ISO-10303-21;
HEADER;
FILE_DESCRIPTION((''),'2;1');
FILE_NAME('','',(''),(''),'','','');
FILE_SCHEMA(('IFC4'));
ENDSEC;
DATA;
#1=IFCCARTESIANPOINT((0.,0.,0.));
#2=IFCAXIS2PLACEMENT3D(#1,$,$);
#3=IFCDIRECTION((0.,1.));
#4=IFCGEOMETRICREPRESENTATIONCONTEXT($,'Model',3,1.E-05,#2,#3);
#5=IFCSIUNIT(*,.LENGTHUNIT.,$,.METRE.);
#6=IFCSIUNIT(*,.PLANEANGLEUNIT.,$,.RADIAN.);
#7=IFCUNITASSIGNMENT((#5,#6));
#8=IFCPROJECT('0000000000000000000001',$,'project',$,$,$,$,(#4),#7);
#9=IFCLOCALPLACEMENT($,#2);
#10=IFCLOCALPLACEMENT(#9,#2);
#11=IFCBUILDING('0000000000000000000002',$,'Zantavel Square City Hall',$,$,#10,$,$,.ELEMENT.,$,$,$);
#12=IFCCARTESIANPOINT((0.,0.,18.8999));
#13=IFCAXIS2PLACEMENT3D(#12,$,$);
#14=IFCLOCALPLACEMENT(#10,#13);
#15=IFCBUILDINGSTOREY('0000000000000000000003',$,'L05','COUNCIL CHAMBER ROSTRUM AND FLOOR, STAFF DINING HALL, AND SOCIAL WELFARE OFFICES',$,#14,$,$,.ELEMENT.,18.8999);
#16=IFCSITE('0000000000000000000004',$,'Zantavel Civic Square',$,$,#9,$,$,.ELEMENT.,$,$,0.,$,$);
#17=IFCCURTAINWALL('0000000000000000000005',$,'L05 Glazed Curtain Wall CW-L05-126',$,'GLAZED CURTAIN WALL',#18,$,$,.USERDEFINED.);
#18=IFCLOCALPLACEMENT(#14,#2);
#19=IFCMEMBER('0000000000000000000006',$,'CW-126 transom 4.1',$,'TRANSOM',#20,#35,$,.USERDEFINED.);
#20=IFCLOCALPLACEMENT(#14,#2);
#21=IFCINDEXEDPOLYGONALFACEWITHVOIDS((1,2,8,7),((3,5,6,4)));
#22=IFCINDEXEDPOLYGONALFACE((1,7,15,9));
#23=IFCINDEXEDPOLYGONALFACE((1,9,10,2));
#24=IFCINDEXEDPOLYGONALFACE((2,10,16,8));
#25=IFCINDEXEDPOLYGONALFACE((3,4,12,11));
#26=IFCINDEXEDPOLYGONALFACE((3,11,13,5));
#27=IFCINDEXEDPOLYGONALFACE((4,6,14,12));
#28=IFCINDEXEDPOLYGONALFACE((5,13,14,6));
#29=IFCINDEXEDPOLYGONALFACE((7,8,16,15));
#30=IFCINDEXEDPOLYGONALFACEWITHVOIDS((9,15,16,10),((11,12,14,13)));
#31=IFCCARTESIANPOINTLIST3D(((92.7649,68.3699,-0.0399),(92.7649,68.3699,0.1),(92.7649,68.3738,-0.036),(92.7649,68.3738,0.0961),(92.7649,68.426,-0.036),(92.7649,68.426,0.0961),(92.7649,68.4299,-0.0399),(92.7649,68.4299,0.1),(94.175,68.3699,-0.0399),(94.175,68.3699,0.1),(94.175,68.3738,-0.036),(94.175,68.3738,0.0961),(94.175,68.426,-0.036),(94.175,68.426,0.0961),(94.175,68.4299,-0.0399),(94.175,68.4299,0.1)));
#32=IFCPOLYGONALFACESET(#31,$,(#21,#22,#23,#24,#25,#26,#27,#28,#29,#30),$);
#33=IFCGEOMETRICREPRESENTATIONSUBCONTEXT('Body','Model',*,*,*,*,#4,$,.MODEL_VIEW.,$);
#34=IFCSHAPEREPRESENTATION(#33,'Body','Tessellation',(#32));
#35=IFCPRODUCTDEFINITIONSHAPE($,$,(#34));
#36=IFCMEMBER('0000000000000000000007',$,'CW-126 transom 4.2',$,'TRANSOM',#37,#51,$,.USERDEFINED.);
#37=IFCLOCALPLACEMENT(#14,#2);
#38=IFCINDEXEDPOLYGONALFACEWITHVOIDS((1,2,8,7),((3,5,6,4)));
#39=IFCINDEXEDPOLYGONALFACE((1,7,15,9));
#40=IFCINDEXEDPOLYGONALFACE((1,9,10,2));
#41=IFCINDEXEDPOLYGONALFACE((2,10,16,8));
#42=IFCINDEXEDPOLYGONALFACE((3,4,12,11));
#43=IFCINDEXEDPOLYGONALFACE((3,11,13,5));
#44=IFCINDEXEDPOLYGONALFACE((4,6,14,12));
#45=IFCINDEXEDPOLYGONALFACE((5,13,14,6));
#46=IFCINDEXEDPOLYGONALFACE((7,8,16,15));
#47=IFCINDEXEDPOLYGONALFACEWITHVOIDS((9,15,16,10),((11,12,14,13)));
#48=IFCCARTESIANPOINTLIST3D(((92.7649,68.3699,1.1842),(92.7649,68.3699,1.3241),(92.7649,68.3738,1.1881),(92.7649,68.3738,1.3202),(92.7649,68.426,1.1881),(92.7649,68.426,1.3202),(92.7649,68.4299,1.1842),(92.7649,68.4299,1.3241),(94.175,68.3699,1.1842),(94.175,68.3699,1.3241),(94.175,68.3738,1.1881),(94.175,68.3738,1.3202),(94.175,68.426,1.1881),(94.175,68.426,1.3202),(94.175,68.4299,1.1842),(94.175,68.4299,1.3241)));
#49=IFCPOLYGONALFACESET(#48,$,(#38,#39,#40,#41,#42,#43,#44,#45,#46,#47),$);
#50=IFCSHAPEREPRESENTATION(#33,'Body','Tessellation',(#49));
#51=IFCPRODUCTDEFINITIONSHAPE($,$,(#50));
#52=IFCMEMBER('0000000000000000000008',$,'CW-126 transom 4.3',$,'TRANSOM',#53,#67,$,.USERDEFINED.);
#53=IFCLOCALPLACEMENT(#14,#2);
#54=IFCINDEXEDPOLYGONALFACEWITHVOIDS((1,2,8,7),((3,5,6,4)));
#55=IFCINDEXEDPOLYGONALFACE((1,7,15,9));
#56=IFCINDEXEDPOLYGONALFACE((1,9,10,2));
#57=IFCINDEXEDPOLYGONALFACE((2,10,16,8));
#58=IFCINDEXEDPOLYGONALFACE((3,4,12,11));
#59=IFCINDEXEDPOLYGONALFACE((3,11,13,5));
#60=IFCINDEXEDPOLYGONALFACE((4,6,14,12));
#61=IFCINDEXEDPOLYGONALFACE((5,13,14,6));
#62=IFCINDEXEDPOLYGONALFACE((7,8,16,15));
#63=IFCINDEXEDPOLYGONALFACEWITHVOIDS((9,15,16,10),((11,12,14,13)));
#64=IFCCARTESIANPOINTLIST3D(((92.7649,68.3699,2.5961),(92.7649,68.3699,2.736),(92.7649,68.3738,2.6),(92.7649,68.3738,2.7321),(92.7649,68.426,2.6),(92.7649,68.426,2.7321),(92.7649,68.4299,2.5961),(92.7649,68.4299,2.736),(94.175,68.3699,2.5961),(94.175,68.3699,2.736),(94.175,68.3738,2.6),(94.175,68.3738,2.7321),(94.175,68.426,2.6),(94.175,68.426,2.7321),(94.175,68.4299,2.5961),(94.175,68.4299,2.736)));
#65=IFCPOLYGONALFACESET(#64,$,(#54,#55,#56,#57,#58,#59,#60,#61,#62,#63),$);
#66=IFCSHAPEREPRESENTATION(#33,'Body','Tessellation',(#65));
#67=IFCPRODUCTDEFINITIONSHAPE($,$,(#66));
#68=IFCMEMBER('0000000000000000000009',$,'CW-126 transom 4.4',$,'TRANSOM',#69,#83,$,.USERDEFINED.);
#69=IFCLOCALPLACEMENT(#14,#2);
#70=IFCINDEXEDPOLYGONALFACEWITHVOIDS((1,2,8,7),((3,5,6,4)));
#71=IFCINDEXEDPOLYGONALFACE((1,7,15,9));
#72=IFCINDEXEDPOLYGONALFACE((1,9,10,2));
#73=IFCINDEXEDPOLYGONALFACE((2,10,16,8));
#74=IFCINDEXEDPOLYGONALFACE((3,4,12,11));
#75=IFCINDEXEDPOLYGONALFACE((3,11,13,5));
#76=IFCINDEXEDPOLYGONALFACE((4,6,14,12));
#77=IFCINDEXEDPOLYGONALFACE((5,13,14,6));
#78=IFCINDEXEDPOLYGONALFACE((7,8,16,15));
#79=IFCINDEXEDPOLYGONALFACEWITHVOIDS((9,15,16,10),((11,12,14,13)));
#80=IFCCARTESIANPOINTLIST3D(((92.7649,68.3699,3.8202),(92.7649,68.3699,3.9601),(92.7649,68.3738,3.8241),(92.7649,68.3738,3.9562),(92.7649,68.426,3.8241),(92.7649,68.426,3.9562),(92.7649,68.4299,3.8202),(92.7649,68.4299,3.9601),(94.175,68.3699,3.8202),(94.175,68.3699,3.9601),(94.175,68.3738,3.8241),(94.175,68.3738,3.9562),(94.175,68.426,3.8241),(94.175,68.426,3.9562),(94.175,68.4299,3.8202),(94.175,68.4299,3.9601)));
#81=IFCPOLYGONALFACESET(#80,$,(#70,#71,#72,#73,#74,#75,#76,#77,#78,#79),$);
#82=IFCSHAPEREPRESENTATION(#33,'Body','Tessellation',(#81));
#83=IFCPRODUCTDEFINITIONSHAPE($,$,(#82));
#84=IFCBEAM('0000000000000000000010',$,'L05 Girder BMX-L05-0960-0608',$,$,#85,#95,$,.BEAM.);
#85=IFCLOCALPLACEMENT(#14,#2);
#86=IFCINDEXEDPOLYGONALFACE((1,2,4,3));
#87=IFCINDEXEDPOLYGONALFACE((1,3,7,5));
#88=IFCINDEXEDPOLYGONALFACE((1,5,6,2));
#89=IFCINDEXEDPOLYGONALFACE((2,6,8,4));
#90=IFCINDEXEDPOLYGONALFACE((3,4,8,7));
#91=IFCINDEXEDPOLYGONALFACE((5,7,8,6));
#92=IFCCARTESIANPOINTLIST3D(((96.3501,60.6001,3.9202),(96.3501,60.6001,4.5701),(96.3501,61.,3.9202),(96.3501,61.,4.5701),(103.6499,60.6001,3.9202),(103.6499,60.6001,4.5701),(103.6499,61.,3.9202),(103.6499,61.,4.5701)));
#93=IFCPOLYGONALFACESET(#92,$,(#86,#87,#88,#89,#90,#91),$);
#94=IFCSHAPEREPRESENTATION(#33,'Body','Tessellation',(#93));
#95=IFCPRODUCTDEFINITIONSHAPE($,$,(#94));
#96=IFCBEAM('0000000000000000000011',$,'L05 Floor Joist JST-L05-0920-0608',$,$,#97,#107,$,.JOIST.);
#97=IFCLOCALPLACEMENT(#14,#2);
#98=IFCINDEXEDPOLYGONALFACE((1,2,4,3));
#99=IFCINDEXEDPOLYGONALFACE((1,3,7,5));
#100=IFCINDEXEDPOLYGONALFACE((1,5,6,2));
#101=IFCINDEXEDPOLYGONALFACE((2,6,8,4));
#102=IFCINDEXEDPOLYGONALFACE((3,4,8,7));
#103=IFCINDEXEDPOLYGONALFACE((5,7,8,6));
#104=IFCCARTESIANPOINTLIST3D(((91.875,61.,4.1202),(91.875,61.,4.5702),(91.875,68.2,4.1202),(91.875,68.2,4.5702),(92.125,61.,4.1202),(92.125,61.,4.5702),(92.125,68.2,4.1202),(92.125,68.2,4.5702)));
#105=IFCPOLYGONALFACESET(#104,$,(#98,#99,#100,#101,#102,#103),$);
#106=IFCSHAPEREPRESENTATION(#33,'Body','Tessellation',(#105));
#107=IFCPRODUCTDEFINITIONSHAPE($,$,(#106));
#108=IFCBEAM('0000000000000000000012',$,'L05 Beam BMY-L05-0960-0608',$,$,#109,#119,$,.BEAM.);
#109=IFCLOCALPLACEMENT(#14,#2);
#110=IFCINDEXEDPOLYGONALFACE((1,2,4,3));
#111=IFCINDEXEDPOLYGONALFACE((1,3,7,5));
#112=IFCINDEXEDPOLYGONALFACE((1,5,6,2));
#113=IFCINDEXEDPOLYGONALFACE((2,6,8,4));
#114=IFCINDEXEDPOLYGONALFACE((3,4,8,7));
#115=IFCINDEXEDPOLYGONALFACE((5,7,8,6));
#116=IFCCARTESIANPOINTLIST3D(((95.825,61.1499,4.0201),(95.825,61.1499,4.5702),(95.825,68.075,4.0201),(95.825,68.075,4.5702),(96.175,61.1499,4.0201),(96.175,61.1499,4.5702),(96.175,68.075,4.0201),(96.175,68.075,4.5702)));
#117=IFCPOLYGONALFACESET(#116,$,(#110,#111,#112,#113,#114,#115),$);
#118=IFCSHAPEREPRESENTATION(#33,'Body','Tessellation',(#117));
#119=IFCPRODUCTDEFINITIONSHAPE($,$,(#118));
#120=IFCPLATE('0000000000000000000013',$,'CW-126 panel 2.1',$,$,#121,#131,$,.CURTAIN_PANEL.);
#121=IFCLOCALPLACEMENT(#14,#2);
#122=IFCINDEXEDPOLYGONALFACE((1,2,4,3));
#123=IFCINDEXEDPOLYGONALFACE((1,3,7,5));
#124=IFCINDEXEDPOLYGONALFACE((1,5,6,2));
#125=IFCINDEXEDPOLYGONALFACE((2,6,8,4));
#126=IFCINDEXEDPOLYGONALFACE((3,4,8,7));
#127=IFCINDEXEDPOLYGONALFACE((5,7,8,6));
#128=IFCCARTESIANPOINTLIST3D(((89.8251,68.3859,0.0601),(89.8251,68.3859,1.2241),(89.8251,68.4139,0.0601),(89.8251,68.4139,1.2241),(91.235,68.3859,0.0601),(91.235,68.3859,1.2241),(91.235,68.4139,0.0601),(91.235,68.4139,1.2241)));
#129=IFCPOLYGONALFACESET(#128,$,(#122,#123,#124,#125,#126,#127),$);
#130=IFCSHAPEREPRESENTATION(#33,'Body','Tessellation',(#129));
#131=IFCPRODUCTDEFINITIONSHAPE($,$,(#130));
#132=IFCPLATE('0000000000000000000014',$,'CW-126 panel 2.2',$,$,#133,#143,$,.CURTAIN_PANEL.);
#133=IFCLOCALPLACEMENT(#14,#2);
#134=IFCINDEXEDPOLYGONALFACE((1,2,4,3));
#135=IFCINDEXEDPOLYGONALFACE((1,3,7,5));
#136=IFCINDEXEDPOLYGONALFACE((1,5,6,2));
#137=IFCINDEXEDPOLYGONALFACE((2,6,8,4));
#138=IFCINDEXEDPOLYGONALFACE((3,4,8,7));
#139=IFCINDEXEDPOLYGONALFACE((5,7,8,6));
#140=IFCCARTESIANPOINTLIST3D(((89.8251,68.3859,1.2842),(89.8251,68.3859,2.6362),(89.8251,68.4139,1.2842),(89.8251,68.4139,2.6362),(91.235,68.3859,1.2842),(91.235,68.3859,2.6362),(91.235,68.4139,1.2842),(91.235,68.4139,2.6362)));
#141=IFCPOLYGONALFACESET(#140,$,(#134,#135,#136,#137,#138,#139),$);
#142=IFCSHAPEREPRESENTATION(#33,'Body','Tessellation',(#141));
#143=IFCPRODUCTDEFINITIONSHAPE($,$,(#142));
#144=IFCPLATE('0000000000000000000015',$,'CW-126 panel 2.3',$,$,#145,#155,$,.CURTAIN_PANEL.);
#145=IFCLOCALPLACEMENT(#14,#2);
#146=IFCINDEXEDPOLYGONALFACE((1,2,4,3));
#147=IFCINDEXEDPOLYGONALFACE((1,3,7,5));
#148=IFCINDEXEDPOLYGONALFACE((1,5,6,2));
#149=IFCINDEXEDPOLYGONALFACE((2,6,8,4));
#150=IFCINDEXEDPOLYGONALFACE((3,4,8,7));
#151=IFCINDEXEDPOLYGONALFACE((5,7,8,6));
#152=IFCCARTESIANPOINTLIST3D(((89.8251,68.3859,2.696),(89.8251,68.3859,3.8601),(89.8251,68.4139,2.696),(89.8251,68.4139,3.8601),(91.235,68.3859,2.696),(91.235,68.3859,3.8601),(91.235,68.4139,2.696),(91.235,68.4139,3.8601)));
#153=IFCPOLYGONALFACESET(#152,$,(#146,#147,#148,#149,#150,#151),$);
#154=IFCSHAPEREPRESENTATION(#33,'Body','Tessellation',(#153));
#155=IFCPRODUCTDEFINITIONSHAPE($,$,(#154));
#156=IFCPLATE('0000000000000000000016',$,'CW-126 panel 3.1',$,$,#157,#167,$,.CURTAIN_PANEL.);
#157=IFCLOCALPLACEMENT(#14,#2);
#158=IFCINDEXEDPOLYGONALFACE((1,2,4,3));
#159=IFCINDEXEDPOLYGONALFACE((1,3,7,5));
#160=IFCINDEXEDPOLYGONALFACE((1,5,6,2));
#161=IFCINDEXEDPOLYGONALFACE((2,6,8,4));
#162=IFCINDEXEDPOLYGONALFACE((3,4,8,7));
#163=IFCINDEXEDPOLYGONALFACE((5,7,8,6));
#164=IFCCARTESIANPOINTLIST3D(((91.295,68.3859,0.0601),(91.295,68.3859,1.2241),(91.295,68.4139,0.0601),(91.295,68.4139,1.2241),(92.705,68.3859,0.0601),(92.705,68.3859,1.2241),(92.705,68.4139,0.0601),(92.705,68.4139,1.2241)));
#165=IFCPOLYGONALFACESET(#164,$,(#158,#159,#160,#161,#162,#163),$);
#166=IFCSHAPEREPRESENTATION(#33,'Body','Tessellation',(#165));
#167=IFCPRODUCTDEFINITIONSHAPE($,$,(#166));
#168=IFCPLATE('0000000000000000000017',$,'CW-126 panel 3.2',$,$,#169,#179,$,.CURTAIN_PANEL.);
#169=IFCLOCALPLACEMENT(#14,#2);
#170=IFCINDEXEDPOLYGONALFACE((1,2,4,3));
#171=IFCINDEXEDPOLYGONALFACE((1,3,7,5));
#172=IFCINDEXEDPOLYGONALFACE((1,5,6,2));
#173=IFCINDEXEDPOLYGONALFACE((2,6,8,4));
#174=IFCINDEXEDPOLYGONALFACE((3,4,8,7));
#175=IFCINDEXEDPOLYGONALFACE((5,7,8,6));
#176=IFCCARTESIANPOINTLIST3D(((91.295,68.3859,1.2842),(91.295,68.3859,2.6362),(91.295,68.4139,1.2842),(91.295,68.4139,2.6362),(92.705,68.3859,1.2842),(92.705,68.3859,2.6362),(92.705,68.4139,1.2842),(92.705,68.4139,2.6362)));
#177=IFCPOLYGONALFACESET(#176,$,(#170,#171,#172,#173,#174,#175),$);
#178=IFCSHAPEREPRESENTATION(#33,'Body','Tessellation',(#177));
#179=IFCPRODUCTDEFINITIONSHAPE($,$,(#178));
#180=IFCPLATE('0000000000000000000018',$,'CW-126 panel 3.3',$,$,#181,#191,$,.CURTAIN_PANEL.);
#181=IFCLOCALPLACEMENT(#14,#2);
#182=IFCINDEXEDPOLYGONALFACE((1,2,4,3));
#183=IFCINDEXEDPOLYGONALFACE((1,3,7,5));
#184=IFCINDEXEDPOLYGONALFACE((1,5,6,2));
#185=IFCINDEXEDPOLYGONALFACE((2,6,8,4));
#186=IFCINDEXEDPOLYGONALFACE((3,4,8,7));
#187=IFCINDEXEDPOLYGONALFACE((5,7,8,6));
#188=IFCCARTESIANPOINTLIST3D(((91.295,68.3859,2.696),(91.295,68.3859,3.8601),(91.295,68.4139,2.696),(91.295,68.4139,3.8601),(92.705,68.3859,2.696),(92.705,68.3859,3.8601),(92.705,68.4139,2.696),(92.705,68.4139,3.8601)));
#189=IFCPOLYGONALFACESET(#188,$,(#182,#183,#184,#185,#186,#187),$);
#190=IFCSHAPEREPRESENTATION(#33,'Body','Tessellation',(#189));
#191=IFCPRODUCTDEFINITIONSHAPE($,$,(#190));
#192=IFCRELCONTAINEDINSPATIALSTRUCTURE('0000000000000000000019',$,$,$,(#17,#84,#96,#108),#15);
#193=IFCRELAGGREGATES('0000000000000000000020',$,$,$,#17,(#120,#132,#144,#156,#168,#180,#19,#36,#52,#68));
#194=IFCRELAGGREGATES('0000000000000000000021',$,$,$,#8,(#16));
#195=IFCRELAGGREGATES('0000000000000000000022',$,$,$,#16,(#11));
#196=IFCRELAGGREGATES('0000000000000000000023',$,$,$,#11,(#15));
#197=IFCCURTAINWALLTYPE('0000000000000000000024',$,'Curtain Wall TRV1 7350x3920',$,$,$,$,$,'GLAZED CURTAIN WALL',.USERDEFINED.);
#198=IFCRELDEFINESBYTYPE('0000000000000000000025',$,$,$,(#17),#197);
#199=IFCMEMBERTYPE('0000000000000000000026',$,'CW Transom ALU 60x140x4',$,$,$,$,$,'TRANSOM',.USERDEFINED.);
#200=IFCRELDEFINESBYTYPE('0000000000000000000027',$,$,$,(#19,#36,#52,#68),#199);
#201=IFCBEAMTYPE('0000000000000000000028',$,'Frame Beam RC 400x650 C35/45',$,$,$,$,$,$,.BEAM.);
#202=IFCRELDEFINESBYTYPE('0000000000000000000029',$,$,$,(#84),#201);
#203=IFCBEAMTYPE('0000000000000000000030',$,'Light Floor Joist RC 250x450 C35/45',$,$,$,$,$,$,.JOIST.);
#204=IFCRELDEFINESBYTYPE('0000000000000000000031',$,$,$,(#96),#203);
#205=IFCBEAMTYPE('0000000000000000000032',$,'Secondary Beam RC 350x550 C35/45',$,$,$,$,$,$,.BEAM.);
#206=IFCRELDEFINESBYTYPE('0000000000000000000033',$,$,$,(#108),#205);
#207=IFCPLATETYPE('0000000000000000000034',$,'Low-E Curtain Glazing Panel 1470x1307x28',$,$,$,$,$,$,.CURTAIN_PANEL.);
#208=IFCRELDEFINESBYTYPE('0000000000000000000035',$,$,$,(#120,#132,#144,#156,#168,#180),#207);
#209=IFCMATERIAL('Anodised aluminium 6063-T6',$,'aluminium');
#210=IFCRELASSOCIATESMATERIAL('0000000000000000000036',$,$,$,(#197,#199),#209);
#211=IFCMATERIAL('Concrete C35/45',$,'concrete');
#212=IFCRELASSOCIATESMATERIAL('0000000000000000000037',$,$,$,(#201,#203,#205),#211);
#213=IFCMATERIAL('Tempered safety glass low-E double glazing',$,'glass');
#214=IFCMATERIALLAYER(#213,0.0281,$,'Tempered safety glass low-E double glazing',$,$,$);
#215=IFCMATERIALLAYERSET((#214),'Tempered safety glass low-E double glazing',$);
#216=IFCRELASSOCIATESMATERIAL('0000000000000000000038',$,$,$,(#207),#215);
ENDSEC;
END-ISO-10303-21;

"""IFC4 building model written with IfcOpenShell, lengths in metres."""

from ifc_helpers import new_model, si_unit, direction, frame, origin, origin_2d, place, context, subcontext, project, spatial, rectangle, hollow_rectangle, extrude, material, layer, layer_set, material_profile, profile_set, type_object, element, aggregate, save


model = new_model("IFC4")

# Units and contexts
model_context = context("Model", 3, precision=1e-05, world=origin(), true_north=direction((0.0, 1.0)))
body_context = subcontext(model_context, "Body", "Model", "MODEL_VIEW")
ifc_project = project(units=[si_unit("LENGTHUNIT", "METRE"), si_unit("PLANEANGLEUNIT", "RADIAN")], contexts=[model_context])

# Site, building, storey
site_placement = place(None, origin())
site = spatial("IfcSite", under=ifc_project, at=site_placement, Name="Zantavel Civic Square", CompositionType="ELEMENT", RefElevation=0.0)
building_placement = place(site_placement, origin())
building = spatial("IfcBuilding", under=site, at=building_placement, Name="Zantavel Square City Hall", CompositionType="ELEMENT")
storey_placement = place(building_placement, frame((0.0, 0.0, 18.8999)))
storey = spatial("IfcBuildingStorey", under=building, at=storey_placement, Name="L05", Description="COUNCIL CHAMBER ROSTRUM AND FLOOR, STAFF DINING HALL, AND SOCIAL WELFARE OFFICES", CompositionType="ELEMENT", Elevation=18.8999)

# Curtain wall, members
ifc_material_1 = material(Name="Anodised aluminium 6063-T6", Category="aluminium")
curtain_wall_type = type_object("IfcCurtainWallType", Name="Curtain Wall TRV1 7350x3920", ElementType="GLAZED CURTAIN WALL", PredefinedType="USERDEFINED", material=ifc_material_1)
curtain_wall_placement = place(storey_placement, origin())
curtain_wall = element("IfcCurtainWall", 1, at=curtain_wall_placement, inside=storey, type_object=curtain_wall_type, Name="L05 Glazed Curtain Wall CW-L05-126", ObjectType="GLAZED CURTAIN WALL", PredefinedType="USERDEFINED")
ifc_material_profile_1 = material_profile(ifc_material_1, hollow_rectangle(XDim=0.0601, YDim=0.1399, WallThickness=0.0039, at=origin_2d()), Name="ALU 60x140x4")
ifc_profile_set_1 = profile_set([ifc_material_profile_1], Name="Anodised aluminium 6063-T6")
member_type_1 = type_object("IfcMemberType", Name="CW Transom ALU 60x140x4", ElementType="TRANSOM", PredefinedType="USERDEFINED", material=ifc_profile_set_1)
member_1_placement = place(storey_placement, frame((92.7649, 68.3999, 0.03), z_axis=(1.0, 0.0, 0.0), x_axis=(0.0, 1.0, 0.0)))
member_1 = element("IfcMember", 2, at=member_1_placement, type_object=member_type_1, Name="CW-126 transom 4.1", ObjectType="TRANSOM", PredefinedType="USERDEFINED", context=body_context, shape_type="SweptSolid", body=[
    extrude(hollow_rectangle(XDim=0.0601, YDim=0.1399, WallThickness=0.0039, at=origin_2d()), origin(), (0.0, 0.0, 1.0), 1.4102),
])
member_2_placement = place(storey_placement, frame((92.7649, 68.3999, 1.2542), z_axis=(1.0, 0.0, 0.0), x_axis=(0.0, 1.0, 0.0)))
member_2 = element("IfcMember", 3, at=member_2_placement, type_object=member_type_1, Name="CW-126 transom 4.2", ObjectType="TRANSOM", PredefinedType="USERDEFINED", context=body_context, shape_type="SweptSolid", body=[
    extrude(hollow_rectangle(XDim=0.0601, YDim=0.1399, WallThickness=0.0039, at=origin_2d()), origin(), (0.0, 0.0, 1.0), 1.4102),
])
member_3_placement = place(storey_placement, frame((92.7649, 68.3999, 2.666), z_axis=(1.0, 0.0, 0.0), x_axis=(0.0, 1.0, 0.0)))
member_3 = element("IfcMember", 4, at=member_3_placement, type_object=member_type_1, Name="CW-126 transom 4.3", ObjectType="TRANSOM", PredefinedType="USERDEFINED", context=body_context, shape_type="SweptSolid", body=[
    extrude(hollow_rectangle(XDim=0.0601, YDim=0.1399, WallThickness=0.0039, at=origin_2d()), origin(), (0.0, 0.0, 1.0), 1.4102),
])
member_4_placement = place(storey_placement, frame((92.7649, 68.3999, 3.8901), z_axis=(1.0, 0.0, 0.0), x_axis=(0.0, 1.0, 0.0)))
member_4 = element("IfcMember", 5, at=member_4_placement, type_object=member_type_1, Name="CW-126 transom 4.4", ObjectType="TRANSOM", PredefinedType="USERDEFINED", context=body_context, shape_type="SweptSolid", body=[
    extrude(hollow_rectangle(XDim=0.0601, YDim=0.1399, WallThickness=0.0039, at=origin_2d()), origin(), (0.0, 0.0, 1.0), 1.4102),
])

# Beams
ifc_material_2 = material(Name="Concrete C35/45", Category="concrete")
ifc_material_profile_2 = material_profile(ifc_material_2, rectangle(XDim=0.3999, YDim=0.6499, at=origin_2d()), Name="RC 400x650")
ifc_profile_set_2 = profile_set([ifc_material_profile_2], Name="Concrete C35/45")
beam_type_1 = type_object("IfcBeamType", Name="Frame Beam RC 400x650 C35/45", PredefinedType="BEAM", material=ifc_profile_set_2)
beam_1_placement = place(storey_placement, frame((96.3501, 60.8, 4.2451), z_axis=(1.0, 0.0, 0.0), x_axis=(0.0, 1.0, 0.0)))
element("IfcBeam", 6, at=beam_1_placement, inside=storey, type_object=beam_type_1, Name="L05 Girder BMX-L05-0960-0608", PredefinedType="BEAM", context=body_context, shape_type="SweptSolid", body=[
    extrude(rectangle(XDim=0.3999, YDim=0.6499, at=origin_2d()), origin(), (0.0, 0.0, 1.0), 7.2998),
])
ifc_material_profile_3 = material_profile(ifc_material_2, rectangle(XDim=0.25, YDim=0.45, at=origin_2d()), Name="RC 250x450")
ifc_profile_set_3 = profile_set([ifc_material_profile_3], Name="Concrete C35/45")
beam_type_2 = type_object("IfcBeamType", Name="Light Floor Joist RC 250x450 C35/45", PredefinedType="JOIST", material=ifc_profile_set_3)
beam_2_placement = place(storey_placement, frame((92.0, 61.0, 4.3452), z_axis=(0.0, 1.0, 0.0), x_axis=(-1.0, 0.0, 0.0)))
element("IfcBeam", 7, at=beam_2_placement, inside=storey, type_object=beam_type_2, Name="L05 Floor Joist JST-L05-0920-0608", PredefinedType="JOIST", context=body_context, shape_type="SweptSolid", body=[
    extrude(rectangle(XDim=0.25, YDim=0.45, at=origin_2d()), origin(), (0.0, 0.0, 1.0), 7.2),
])
ifc_material_profile_4 = material_profile(ifc_material_2, rectangle(XDim=0.3501, YDim=0.55, at=origin_2d()), Name="RC 350x550")
ifc_profile_set_4 = profile_set([ifc_material_profile_4], Name="Concrete C35/45")
beam_type_3 = type_object("IfcBeamType", Name="Secondary Beam RC 350x550 C35/45", PredefinedType="BEAM", material=ifc_profile_set_4)
beam_3_placement = place(storey_placement, frame((96.0, 61.1499, 4.2952), z_axis=(0.0, 1.0, 0.0), x_axis=(-1.0, 0.0, 0.0)))
element("IfcBeam", 8, at=beam_3_placement, inside=storey, type_object=beam_type_3, Name="L05 Beam BMY-L05-0960-0608", PredefinedType="BEAM", context=body_context, shape_type="SweptSolid", body=[
    extrude(rectangle(XDim=0.3501, YDim=0.55, at=origin_2d()), origin(), (0.0, 0.0, 1.0), 6.925),
])

# Plates
ifc_material_3 = material(Name="Tempered safety glass low-E double glazing", Category="glass")
ifc_layer_1 = layer(ifc_material_3, 0.0281, Name="Tempered safety glass low-E double glazing")
ifc_layer_set_1 = layer_set([ifc_layer_1], Name="Tempered safety glass low-E double glazing")
plate_type = type_object("IfcPlateType", Name="Low-E Curtain Glazing Panel 1470x1307x28", PredefinedType="CURTAIN_PANEL", material=ifc_layer_set_1)
plate_1_placement = place(storey_placement, frame((90.53, 68.3999, 0.0601), z_axis=(0.0, 0.0, 1.0), x_axis=(1.0, 0.0, 0.0)))
plate_1 = element("IfcPlate", 9, at=plate_1_placement, type_object=plate_type, Name="CW-126 panel 2.1", PredefinedType="CURTAIN_PANEL", context=body_context, shape_type="SweptSolid", body=[
    extrude(rectangle(XDim=1.4099, YDim=0.0281, at=origin_2d()), origin(), (0.0, 0.0, 1.0), 1.1641),
])
plate_2_placement = place(storey_placement, frame((90.53, 68.3999, 1.2842), z_axis=(0.0, 0.0, 1.0), x_axis=(1.0, 0.0, 0.0)))
plate_2 = element("IfcPlate", 10, at=plate_2_placement, type_object=plate_type, Name="CW-126 panel 2.2", PredefinedType="CURTAIN_PANEL", context=body_context, shape_type="SweptSolid", body=[
    extrude(rectangle(XDim=1.4099, YDim=0.0281, at=origin_2d()), origin(), (0.0, 0.0, 1.0), 1.3521),
])
plate_3_placement = place(storey_placement, frame((90.53, 68.3999, 2.696), z_axis=(0.0, 0.0, 1.0), x_axis=(1.0, 0.0, 0.0)))
plate_3 = element("IfcPlate", 11, at=plate_3_placement, type_object=plate_type, Name="CW-126 panel 2.3", PredefinedType="CURTAIN_PANEL", context=body_context, shape_type="SweptSolid", body=[
    extrude(rectangle(XDim=1.4099, YDim=0.0281, at=origin_2d()), origin(), (0.0, 0.0, 1.0), 1.1641),
])
plate_4_placement = place(storey_placement, frame((92.0, 68.3999, 0.0601), z_axis=(0.0, 0.0, 1.0), x_axis=(1.0, 0.0, 0.0)))
plate_4 = element("IfcPlate", 12, at=plate_4_placement, type_object=plate_type, Name="CW-126 panel 3.1", PredefinedType="CURTAIN_PANEL", context=body_context, shape_type="SweptSolid", body=[
    extrude(rectangle(XDim=1.4099, YDim=0.0281, at=origin_2d()), origin(), (0.0, 0.0, 1.0), 1.1641),
])
plate_5_placement = place(storey_placement, frame((92.0, 68.3999, 1.2842), z_axis=(0.0, 0.0, 1.0), x_axis=(1.0, 0.0, 0.0)))
plate_5 = element("IfcPlate", 13, at=plate_5_placement, type_object=plate_type, Name="CW-126 panel 3.2", PredefinedType="CURTAIN_PANEL", context=body_context, shape_type="SweptSolid", body=[
    extrude(rectangle(XDim=1.4099, YDim=0.0281, at=origin_2d()), origin(), (0.0, 0.0, 1.0), 1.3521),
])
plate_6_placement = place(storey_placement, frame((92.0, 68.3999, 2.696), z_axis=(0.0, 0.0, 1.0), x_axis=(1.0, 0.0, 0.0)))
plate_6 = element("IfcPlate", 14, at=plate_6_placement, type_object=plate_type, Name="CW-126 panel 3.3", PredefinedType="CURTAIN_PANEL", context=body_context, shape_type="SweptSolid", body=[
    extrude(rectangle(XDim=1.4099, YDim=0.0281, at=origin_2d()), origin(), (0.0, 0.0, 1.0), 1.1641),
])
aggregate(curtain_wall, [plate_1, plate_2, plate_3, plate_4, plate_5, plate_6, member_1, member_2, member_3, member_4])

save(model, "model.ifc")
